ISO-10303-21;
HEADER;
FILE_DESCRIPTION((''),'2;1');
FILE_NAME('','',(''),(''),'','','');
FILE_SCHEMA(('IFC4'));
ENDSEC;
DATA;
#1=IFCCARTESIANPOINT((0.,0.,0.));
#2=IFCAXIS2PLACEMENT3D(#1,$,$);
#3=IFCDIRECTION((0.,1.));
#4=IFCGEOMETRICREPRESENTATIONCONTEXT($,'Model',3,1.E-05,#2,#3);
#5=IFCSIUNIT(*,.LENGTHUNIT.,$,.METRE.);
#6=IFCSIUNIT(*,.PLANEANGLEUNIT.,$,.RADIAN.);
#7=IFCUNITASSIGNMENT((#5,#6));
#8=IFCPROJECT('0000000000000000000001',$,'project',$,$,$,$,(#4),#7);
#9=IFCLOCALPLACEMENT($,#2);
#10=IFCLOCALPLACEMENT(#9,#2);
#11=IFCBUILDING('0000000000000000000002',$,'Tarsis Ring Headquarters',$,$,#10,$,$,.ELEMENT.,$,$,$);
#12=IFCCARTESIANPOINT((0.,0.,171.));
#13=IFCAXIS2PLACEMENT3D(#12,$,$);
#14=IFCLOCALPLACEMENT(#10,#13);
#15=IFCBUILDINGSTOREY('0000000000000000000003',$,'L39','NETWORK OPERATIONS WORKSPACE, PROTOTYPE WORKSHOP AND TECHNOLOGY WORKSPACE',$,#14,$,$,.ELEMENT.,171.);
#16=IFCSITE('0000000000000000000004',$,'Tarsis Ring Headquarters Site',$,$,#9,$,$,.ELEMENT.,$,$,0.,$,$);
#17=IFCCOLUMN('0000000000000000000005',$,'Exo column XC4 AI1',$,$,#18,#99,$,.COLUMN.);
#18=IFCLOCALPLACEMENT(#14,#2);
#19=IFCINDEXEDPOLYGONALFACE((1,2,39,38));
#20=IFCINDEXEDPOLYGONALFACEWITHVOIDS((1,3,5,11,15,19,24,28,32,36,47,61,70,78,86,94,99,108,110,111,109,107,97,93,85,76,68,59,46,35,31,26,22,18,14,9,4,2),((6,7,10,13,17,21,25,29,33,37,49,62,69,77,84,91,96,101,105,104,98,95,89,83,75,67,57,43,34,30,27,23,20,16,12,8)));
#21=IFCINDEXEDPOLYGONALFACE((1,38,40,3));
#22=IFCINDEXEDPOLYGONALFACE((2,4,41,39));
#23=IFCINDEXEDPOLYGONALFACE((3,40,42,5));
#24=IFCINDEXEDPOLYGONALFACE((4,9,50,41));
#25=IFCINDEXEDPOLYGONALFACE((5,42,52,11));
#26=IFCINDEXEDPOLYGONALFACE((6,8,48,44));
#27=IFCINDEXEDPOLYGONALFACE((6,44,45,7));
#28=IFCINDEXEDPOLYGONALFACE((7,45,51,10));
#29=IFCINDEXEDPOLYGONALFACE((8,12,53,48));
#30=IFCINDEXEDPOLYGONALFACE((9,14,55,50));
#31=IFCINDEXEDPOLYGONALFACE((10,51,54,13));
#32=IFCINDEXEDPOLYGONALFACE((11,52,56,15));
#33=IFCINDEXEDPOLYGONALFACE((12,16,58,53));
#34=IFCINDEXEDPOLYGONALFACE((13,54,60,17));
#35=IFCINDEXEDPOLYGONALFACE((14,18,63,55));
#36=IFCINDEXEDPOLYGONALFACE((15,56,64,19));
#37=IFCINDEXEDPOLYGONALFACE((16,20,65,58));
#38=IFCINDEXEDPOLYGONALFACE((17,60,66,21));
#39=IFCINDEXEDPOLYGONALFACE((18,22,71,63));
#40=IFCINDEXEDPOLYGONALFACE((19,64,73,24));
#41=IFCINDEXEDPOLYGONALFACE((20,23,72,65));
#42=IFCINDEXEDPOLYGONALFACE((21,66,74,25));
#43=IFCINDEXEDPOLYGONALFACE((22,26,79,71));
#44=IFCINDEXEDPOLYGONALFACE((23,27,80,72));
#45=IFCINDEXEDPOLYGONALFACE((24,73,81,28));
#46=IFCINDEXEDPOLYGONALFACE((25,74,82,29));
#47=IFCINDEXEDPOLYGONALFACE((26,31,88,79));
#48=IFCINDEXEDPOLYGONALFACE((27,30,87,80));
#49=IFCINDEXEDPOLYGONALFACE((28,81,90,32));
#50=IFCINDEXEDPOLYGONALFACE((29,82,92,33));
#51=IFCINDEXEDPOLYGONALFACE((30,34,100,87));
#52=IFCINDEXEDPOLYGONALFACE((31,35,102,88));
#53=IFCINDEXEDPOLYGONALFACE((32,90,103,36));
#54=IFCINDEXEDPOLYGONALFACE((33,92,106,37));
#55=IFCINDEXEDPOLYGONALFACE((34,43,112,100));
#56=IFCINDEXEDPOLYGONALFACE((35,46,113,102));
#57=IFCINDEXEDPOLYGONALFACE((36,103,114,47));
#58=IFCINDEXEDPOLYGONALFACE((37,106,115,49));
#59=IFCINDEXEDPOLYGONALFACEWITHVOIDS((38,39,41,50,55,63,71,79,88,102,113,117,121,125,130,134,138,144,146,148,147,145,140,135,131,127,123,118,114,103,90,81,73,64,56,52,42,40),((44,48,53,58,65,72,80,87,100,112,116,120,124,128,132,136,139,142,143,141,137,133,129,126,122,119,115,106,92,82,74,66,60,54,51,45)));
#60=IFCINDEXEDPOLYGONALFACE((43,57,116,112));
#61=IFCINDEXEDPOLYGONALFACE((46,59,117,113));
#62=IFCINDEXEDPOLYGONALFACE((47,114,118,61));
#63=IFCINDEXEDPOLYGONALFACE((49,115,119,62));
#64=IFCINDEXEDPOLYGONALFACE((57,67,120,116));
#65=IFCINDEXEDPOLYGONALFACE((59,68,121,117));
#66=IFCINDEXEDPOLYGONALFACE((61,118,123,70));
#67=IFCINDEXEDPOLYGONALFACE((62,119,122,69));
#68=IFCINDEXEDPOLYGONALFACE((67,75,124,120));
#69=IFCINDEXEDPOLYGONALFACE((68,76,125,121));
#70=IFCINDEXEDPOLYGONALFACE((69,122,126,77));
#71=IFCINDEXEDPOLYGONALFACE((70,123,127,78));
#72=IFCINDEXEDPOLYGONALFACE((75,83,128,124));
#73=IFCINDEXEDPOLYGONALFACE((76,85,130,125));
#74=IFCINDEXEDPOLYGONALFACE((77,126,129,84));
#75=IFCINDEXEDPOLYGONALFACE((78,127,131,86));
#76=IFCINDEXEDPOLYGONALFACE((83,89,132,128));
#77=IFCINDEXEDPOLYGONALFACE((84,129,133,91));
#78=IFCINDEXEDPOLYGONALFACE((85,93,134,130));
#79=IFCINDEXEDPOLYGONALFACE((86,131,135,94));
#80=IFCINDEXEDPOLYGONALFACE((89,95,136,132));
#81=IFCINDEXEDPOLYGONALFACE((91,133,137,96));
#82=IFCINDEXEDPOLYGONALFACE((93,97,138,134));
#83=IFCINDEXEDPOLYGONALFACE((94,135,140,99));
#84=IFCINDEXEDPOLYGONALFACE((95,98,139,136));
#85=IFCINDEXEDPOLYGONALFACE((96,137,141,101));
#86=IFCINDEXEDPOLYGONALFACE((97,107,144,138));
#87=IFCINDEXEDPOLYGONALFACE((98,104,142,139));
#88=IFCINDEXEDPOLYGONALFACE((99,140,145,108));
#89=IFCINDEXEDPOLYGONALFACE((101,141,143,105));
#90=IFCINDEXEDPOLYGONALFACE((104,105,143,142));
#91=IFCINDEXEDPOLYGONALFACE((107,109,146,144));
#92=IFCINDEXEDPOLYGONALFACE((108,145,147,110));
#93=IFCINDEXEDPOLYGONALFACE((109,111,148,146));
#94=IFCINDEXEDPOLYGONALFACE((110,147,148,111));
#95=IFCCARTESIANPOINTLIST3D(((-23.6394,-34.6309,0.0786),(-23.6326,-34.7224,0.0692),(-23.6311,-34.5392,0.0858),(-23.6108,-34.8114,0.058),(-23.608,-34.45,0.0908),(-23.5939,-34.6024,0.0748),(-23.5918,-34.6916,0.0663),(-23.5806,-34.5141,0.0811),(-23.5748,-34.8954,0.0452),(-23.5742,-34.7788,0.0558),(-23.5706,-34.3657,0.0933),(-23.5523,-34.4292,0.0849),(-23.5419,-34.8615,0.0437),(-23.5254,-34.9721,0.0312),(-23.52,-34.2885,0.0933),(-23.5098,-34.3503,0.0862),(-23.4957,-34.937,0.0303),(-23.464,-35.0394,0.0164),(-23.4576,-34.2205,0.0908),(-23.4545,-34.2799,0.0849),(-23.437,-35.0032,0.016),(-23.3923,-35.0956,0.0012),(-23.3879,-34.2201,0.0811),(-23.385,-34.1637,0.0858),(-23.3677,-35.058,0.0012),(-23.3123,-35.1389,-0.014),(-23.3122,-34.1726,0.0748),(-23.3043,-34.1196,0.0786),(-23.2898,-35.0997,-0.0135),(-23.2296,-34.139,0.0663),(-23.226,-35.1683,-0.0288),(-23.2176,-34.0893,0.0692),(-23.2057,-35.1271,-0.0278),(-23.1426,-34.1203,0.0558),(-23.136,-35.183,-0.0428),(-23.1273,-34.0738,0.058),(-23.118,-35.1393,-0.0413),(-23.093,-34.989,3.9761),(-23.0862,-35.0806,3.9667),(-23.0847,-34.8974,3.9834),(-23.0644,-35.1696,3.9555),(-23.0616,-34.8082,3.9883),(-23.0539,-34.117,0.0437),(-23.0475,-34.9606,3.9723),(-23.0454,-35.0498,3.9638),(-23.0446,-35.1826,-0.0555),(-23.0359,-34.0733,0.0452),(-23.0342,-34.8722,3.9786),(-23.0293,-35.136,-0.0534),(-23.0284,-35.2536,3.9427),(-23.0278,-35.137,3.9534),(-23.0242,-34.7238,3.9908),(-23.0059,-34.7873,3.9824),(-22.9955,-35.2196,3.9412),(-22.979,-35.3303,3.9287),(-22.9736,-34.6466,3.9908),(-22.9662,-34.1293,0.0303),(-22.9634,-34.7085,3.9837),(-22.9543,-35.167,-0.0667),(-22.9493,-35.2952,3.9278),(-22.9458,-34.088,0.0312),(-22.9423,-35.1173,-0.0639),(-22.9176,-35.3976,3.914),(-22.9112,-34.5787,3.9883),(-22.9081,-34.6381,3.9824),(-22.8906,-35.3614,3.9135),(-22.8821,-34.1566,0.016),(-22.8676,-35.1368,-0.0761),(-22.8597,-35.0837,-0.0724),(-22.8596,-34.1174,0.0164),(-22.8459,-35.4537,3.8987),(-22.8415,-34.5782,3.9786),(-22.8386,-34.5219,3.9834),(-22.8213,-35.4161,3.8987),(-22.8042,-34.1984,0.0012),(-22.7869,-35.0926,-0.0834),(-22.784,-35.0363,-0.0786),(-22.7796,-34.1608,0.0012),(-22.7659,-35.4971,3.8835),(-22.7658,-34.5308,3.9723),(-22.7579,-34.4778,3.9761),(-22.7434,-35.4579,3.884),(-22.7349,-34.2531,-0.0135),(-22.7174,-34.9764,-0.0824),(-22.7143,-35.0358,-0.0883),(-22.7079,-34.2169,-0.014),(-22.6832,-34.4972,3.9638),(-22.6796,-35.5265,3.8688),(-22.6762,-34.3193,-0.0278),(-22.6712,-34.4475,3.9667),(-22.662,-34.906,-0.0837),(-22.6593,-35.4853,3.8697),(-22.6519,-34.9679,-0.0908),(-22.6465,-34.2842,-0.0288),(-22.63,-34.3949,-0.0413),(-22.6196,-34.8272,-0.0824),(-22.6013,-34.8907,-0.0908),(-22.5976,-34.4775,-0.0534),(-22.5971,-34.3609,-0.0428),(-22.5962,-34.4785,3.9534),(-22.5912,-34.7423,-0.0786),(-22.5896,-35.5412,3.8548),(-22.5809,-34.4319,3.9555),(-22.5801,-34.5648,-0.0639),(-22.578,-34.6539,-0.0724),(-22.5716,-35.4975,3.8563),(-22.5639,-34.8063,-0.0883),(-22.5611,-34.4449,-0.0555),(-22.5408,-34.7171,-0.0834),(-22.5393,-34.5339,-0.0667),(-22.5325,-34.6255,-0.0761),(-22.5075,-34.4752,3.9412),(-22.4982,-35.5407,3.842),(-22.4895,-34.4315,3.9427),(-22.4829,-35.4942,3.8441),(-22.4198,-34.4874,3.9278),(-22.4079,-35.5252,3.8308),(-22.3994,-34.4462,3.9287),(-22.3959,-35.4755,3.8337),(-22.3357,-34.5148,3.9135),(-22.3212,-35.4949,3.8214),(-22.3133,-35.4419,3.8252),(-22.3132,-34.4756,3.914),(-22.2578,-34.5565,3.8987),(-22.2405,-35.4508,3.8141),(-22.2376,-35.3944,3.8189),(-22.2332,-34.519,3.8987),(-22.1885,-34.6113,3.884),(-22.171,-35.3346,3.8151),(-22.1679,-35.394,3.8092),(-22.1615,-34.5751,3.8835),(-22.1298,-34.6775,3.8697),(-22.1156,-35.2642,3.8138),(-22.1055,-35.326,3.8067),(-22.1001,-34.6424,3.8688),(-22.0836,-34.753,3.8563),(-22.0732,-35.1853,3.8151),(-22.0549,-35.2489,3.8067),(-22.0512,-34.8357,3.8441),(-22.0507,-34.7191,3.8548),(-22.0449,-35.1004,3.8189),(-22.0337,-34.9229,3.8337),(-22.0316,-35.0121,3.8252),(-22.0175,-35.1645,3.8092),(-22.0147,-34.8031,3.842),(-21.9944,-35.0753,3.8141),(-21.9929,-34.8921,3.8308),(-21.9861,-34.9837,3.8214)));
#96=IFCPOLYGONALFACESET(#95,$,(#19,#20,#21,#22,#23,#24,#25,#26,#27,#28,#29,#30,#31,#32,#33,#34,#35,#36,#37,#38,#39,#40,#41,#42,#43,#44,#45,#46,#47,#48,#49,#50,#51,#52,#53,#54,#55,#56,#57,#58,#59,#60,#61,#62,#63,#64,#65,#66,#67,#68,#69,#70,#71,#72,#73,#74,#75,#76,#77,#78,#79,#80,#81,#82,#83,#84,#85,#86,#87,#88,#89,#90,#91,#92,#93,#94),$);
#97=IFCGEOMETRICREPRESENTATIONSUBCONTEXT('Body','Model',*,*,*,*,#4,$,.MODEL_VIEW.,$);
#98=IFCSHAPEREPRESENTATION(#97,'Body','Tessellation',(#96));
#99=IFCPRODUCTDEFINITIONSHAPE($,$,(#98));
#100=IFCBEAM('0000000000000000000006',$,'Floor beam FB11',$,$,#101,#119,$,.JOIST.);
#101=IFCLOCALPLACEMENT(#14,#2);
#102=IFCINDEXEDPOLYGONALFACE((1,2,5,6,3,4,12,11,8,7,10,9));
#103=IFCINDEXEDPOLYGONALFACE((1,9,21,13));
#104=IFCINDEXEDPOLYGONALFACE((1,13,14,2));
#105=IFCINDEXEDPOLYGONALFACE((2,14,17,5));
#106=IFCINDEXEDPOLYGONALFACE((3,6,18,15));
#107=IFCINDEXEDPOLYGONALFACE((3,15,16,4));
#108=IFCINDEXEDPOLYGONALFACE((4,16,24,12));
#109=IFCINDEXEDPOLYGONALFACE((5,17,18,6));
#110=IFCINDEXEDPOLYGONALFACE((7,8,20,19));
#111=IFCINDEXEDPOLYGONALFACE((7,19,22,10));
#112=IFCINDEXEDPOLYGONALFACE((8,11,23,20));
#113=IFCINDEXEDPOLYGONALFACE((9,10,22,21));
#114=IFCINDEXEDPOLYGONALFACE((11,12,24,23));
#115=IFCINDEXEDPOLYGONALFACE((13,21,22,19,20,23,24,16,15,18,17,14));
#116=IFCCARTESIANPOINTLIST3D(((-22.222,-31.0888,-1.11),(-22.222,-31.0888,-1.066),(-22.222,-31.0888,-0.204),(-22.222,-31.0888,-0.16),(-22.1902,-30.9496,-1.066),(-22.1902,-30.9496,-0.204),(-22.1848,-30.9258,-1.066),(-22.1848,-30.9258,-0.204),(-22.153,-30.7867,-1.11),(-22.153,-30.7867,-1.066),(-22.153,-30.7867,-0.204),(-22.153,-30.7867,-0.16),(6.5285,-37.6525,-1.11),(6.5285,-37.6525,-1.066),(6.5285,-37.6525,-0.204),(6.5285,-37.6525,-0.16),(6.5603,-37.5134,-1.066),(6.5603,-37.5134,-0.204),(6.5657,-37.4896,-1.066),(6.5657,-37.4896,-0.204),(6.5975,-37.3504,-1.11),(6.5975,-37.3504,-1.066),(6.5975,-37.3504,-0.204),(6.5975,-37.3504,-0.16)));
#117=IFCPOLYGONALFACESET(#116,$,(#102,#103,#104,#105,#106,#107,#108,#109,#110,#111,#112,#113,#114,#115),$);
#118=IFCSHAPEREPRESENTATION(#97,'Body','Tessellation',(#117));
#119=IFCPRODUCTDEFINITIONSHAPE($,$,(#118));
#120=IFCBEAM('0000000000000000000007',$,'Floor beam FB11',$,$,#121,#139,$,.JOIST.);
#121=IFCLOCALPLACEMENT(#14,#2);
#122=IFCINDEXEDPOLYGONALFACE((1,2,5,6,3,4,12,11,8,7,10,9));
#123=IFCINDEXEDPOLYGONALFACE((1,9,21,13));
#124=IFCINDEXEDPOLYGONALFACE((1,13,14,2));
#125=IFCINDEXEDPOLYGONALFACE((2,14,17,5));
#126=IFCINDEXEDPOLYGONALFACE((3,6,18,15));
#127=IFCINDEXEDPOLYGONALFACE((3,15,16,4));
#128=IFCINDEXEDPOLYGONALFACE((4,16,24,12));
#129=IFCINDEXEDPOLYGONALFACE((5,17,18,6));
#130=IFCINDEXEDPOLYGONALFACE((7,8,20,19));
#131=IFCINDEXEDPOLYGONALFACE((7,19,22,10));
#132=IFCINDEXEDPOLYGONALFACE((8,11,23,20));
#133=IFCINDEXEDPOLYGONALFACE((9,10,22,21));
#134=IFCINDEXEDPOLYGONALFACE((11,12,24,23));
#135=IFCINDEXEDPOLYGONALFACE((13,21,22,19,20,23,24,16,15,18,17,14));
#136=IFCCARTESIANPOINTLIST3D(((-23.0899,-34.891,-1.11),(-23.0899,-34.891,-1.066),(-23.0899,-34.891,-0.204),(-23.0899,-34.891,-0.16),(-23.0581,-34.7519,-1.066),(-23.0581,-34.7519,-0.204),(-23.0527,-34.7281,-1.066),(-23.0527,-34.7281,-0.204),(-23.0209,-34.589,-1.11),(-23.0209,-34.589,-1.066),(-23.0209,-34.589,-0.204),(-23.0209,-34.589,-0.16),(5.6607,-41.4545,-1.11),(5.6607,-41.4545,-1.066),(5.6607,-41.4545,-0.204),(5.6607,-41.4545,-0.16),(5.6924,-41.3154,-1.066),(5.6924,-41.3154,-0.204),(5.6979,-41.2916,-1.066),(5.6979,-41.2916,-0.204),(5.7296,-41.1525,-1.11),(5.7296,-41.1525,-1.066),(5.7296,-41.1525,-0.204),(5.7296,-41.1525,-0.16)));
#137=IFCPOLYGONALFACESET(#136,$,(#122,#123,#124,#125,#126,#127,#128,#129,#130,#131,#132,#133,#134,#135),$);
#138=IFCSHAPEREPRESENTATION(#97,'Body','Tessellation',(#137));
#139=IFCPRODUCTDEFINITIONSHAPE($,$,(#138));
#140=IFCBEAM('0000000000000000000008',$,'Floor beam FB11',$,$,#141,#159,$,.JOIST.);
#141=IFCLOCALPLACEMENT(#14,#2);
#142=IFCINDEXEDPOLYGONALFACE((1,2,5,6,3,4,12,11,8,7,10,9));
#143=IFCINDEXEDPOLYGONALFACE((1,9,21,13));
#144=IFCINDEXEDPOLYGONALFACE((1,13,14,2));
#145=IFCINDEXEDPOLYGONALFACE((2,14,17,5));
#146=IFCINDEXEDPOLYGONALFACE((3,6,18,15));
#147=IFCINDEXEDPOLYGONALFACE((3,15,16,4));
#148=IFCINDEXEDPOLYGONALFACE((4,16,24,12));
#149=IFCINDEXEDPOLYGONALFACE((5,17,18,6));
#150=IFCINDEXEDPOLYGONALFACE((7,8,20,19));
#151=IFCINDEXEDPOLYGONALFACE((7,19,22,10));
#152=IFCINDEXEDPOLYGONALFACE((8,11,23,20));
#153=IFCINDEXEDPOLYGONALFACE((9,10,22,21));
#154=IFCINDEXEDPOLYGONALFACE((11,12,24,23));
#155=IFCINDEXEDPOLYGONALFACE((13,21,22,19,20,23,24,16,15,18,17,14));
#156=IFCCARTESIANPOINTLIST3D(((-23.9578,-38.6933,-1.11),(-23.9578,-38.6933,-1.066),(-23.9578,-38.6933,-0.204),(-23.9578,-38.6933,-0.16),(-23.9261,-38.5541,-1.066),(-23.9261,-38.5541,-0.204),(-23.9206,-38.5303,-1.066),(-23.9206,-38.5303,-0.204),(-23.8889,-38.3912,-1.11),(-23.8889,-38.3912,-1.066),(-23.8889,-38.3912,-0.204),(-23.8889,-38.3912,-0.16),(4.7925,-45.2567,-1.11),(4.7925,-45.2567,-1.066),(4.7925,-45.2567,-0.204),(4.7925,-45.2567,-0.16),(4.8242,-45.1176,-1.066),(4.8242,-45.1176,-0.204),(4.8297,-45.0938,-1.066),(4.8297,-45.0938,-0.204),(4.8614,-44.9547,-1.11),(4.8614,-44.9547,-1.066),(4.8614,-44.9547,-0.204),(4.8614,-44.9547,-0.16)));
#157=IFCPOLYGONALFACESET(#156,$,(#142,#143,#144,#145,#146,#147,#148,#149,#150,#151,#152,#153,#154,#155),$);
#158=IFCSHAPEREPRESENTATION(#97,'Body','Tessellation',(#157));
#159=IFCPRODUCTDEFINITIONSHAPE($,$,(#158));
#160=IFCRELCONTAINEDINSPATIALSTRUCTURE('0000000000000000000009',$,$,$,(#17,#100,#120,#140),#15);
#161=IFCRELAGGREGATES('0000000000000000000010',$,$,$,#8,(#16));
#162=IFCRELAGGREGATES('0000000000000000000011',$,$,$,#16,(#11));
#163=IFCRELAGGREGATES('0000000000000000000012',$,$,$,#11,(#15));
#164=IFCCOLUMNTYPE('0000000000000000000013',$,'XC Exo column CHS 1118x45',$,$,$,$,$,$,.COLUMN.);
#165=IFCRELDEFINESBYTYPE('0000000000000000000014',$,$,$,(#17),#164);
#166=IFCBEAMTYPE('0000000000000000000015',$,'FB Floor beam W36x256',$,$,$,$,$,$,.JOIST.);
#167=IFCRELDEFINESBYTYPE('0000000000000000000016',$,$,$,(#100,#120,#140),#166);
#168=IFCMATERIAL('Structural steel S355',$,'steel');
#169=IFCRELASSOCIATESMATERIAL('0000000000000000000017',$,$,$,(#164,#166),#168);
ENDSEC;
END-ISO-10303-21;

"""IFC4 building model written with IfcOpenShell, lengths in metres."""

from ifc_helpers import new_model, si_unit, direction, frame, origin, origin_2d, place, context, subcontext, project, spatial, hollow_circle, i_section, extrude, material, material_profile, profile_set, type_object, element, save


model = new_model("IFC4")

# Units and contexts
model_context = context("Model", 3, precision=1e-05, world=origin(), true_north=direction((0.0, 1.0)))
body_context = subcontext(model_context, "Body", "Model", "MODEL_VIEW")
ifc_project = project(units=[si_unit("LENGTHUNIT", "METRE"), si_unit("PLANEANGLEUNIT", "RADIAN")], contexts=[model_context])

# Site, building, storey
site_placement = place(None, origin())
site = spatial("IfcSite", under=ifc_project, at=site_placement, Name="Tarsis Ring Headquarters Site", CompositionType="ELEMENT", RefElevation=0.0)
building_placement = place(site_placement, origin())
building = spatial("IfcBuilding", under=site, at=building_placement, Name="Tarsis Ring Headquarters", CompositionType="ELEMENT")
storey_placement = place(building_placement, frame((0.0, 0.0, 171.0)))
storey = spatial("IfcBuildingStorey", under=building, at=storey_placement, Name="L39", Description="NETWORK OPERATIONS WORKSPACE, PROTOTYPE WORKSHOP AND TECHNOLOGY WORKSPACE", CompositionType="ELEMENT", Elevation=171.0)

# Column
ifc_material_1 = material(Name="Structural steel S355", Category="steel")
ifc_material_profile_1 = material_profile(ifc_material_1, hollow_circle(Radius=0.5588, WallThickness=0.0449, at=origin_2d()), Name="CHS 1118x45")
ifc_profile_set_1 = profile_set([ifc_material_profile_1], Name="Structural steel S355")
column_type = type_object("IfcColumnType", Name="XC Exo column CHS 1118x45", PredefinedType="COLUMN", material=ifc_profile_set_1)
column_placement = place(storey_placement, frame((-23.0859, -34.6282, 0.0012), z_axis=(0.138261, -0.09063, 0.98624), x_axis=(0.548216, 0.836337, 0.0)))
element("IfcColumn", 1, at=column_placement, inside=storey, type_object=column_type, Name="Exo column XC4 AI1", PredefinedType="COLUMN", context=body_context, shape_type="SweptSolid", body=[
    extrude(hollow_circle(Radius=0.5588, WallThickness=0.0449, at=origin_2d()), origin(), (0.0, 0.0, 1.0), 3.9519),
])

# Beams
ifc_material_profile_2 = material_profile(ifc_material_1, i_section(OverallWidth=0.3098, OverallDepth=0.95, WebThickness=0.0244, FlangeThickness=0.0439, at=origin_2d()), Name="W36x256")
ifc_profile_set_2 = profile_set([ifc_material_profile_2], Name="Structural steel S355")
beam_type_1 = type_object("IfcBeamType", Name="FB Floor beam W36x256", PredefinedType="JOIST", material=ifc_profile_set_2)
for number, where, z_axis, x_axis, name in (
    (2, (-22.1875, -30.9377, -0.635), (0.974916, -0.222573, 0.0), (0.222573, 0.974916, 0.0), "Floor beam FB11"),
    (3, (-23.0554, -34.74, -0.635), (0.974918, -0.222565, 0.0), (0.222565, 0.974918, 0.0), "Floor beam FB11"),
):
    element("IfcBeam", number, at=place(storey_placement, frame(where, z_axis=z_axis, x_axis=x_axis)), inside=storey, type_object=beam_type_1, Name=name, PredefinedType="JOIST", context=body_context, shape_type="SweptSolid", body=[
        extrude(i_section(OverallWidth=0.3098, OverallDepth=0.95, WebThickness=0.0244, FlangeThickness=0.0439, at=origin_2d()), origin(), (0.0, 0.0, 1.0), 29.4902),
    ])
beam_1_placement = place(storey_placement, frame((-23.9233, -38.5422, -0.635), z_axis=(0.974917, -0.222567, 0.0), x_axis=(0.222567, 0.974917, 0.0)))
element("IfcBeam", 4, at=beam_1_placement, inside=storey, type_object=beam_type_1, Name="Floor beam FB11", PredefinedType="JOIST", context=body_context, shape_type="SweptSolid", body=[
    extrude(i_section(OverallWidth=0.3098, OverallDepth=0.95, WebThickness=0.0244, FlangeThickness=0.0439, at=origin_2d()), origin(), (0.0, 0.0, 1.0), 29.49),
])

save(model, "model.ifc")
